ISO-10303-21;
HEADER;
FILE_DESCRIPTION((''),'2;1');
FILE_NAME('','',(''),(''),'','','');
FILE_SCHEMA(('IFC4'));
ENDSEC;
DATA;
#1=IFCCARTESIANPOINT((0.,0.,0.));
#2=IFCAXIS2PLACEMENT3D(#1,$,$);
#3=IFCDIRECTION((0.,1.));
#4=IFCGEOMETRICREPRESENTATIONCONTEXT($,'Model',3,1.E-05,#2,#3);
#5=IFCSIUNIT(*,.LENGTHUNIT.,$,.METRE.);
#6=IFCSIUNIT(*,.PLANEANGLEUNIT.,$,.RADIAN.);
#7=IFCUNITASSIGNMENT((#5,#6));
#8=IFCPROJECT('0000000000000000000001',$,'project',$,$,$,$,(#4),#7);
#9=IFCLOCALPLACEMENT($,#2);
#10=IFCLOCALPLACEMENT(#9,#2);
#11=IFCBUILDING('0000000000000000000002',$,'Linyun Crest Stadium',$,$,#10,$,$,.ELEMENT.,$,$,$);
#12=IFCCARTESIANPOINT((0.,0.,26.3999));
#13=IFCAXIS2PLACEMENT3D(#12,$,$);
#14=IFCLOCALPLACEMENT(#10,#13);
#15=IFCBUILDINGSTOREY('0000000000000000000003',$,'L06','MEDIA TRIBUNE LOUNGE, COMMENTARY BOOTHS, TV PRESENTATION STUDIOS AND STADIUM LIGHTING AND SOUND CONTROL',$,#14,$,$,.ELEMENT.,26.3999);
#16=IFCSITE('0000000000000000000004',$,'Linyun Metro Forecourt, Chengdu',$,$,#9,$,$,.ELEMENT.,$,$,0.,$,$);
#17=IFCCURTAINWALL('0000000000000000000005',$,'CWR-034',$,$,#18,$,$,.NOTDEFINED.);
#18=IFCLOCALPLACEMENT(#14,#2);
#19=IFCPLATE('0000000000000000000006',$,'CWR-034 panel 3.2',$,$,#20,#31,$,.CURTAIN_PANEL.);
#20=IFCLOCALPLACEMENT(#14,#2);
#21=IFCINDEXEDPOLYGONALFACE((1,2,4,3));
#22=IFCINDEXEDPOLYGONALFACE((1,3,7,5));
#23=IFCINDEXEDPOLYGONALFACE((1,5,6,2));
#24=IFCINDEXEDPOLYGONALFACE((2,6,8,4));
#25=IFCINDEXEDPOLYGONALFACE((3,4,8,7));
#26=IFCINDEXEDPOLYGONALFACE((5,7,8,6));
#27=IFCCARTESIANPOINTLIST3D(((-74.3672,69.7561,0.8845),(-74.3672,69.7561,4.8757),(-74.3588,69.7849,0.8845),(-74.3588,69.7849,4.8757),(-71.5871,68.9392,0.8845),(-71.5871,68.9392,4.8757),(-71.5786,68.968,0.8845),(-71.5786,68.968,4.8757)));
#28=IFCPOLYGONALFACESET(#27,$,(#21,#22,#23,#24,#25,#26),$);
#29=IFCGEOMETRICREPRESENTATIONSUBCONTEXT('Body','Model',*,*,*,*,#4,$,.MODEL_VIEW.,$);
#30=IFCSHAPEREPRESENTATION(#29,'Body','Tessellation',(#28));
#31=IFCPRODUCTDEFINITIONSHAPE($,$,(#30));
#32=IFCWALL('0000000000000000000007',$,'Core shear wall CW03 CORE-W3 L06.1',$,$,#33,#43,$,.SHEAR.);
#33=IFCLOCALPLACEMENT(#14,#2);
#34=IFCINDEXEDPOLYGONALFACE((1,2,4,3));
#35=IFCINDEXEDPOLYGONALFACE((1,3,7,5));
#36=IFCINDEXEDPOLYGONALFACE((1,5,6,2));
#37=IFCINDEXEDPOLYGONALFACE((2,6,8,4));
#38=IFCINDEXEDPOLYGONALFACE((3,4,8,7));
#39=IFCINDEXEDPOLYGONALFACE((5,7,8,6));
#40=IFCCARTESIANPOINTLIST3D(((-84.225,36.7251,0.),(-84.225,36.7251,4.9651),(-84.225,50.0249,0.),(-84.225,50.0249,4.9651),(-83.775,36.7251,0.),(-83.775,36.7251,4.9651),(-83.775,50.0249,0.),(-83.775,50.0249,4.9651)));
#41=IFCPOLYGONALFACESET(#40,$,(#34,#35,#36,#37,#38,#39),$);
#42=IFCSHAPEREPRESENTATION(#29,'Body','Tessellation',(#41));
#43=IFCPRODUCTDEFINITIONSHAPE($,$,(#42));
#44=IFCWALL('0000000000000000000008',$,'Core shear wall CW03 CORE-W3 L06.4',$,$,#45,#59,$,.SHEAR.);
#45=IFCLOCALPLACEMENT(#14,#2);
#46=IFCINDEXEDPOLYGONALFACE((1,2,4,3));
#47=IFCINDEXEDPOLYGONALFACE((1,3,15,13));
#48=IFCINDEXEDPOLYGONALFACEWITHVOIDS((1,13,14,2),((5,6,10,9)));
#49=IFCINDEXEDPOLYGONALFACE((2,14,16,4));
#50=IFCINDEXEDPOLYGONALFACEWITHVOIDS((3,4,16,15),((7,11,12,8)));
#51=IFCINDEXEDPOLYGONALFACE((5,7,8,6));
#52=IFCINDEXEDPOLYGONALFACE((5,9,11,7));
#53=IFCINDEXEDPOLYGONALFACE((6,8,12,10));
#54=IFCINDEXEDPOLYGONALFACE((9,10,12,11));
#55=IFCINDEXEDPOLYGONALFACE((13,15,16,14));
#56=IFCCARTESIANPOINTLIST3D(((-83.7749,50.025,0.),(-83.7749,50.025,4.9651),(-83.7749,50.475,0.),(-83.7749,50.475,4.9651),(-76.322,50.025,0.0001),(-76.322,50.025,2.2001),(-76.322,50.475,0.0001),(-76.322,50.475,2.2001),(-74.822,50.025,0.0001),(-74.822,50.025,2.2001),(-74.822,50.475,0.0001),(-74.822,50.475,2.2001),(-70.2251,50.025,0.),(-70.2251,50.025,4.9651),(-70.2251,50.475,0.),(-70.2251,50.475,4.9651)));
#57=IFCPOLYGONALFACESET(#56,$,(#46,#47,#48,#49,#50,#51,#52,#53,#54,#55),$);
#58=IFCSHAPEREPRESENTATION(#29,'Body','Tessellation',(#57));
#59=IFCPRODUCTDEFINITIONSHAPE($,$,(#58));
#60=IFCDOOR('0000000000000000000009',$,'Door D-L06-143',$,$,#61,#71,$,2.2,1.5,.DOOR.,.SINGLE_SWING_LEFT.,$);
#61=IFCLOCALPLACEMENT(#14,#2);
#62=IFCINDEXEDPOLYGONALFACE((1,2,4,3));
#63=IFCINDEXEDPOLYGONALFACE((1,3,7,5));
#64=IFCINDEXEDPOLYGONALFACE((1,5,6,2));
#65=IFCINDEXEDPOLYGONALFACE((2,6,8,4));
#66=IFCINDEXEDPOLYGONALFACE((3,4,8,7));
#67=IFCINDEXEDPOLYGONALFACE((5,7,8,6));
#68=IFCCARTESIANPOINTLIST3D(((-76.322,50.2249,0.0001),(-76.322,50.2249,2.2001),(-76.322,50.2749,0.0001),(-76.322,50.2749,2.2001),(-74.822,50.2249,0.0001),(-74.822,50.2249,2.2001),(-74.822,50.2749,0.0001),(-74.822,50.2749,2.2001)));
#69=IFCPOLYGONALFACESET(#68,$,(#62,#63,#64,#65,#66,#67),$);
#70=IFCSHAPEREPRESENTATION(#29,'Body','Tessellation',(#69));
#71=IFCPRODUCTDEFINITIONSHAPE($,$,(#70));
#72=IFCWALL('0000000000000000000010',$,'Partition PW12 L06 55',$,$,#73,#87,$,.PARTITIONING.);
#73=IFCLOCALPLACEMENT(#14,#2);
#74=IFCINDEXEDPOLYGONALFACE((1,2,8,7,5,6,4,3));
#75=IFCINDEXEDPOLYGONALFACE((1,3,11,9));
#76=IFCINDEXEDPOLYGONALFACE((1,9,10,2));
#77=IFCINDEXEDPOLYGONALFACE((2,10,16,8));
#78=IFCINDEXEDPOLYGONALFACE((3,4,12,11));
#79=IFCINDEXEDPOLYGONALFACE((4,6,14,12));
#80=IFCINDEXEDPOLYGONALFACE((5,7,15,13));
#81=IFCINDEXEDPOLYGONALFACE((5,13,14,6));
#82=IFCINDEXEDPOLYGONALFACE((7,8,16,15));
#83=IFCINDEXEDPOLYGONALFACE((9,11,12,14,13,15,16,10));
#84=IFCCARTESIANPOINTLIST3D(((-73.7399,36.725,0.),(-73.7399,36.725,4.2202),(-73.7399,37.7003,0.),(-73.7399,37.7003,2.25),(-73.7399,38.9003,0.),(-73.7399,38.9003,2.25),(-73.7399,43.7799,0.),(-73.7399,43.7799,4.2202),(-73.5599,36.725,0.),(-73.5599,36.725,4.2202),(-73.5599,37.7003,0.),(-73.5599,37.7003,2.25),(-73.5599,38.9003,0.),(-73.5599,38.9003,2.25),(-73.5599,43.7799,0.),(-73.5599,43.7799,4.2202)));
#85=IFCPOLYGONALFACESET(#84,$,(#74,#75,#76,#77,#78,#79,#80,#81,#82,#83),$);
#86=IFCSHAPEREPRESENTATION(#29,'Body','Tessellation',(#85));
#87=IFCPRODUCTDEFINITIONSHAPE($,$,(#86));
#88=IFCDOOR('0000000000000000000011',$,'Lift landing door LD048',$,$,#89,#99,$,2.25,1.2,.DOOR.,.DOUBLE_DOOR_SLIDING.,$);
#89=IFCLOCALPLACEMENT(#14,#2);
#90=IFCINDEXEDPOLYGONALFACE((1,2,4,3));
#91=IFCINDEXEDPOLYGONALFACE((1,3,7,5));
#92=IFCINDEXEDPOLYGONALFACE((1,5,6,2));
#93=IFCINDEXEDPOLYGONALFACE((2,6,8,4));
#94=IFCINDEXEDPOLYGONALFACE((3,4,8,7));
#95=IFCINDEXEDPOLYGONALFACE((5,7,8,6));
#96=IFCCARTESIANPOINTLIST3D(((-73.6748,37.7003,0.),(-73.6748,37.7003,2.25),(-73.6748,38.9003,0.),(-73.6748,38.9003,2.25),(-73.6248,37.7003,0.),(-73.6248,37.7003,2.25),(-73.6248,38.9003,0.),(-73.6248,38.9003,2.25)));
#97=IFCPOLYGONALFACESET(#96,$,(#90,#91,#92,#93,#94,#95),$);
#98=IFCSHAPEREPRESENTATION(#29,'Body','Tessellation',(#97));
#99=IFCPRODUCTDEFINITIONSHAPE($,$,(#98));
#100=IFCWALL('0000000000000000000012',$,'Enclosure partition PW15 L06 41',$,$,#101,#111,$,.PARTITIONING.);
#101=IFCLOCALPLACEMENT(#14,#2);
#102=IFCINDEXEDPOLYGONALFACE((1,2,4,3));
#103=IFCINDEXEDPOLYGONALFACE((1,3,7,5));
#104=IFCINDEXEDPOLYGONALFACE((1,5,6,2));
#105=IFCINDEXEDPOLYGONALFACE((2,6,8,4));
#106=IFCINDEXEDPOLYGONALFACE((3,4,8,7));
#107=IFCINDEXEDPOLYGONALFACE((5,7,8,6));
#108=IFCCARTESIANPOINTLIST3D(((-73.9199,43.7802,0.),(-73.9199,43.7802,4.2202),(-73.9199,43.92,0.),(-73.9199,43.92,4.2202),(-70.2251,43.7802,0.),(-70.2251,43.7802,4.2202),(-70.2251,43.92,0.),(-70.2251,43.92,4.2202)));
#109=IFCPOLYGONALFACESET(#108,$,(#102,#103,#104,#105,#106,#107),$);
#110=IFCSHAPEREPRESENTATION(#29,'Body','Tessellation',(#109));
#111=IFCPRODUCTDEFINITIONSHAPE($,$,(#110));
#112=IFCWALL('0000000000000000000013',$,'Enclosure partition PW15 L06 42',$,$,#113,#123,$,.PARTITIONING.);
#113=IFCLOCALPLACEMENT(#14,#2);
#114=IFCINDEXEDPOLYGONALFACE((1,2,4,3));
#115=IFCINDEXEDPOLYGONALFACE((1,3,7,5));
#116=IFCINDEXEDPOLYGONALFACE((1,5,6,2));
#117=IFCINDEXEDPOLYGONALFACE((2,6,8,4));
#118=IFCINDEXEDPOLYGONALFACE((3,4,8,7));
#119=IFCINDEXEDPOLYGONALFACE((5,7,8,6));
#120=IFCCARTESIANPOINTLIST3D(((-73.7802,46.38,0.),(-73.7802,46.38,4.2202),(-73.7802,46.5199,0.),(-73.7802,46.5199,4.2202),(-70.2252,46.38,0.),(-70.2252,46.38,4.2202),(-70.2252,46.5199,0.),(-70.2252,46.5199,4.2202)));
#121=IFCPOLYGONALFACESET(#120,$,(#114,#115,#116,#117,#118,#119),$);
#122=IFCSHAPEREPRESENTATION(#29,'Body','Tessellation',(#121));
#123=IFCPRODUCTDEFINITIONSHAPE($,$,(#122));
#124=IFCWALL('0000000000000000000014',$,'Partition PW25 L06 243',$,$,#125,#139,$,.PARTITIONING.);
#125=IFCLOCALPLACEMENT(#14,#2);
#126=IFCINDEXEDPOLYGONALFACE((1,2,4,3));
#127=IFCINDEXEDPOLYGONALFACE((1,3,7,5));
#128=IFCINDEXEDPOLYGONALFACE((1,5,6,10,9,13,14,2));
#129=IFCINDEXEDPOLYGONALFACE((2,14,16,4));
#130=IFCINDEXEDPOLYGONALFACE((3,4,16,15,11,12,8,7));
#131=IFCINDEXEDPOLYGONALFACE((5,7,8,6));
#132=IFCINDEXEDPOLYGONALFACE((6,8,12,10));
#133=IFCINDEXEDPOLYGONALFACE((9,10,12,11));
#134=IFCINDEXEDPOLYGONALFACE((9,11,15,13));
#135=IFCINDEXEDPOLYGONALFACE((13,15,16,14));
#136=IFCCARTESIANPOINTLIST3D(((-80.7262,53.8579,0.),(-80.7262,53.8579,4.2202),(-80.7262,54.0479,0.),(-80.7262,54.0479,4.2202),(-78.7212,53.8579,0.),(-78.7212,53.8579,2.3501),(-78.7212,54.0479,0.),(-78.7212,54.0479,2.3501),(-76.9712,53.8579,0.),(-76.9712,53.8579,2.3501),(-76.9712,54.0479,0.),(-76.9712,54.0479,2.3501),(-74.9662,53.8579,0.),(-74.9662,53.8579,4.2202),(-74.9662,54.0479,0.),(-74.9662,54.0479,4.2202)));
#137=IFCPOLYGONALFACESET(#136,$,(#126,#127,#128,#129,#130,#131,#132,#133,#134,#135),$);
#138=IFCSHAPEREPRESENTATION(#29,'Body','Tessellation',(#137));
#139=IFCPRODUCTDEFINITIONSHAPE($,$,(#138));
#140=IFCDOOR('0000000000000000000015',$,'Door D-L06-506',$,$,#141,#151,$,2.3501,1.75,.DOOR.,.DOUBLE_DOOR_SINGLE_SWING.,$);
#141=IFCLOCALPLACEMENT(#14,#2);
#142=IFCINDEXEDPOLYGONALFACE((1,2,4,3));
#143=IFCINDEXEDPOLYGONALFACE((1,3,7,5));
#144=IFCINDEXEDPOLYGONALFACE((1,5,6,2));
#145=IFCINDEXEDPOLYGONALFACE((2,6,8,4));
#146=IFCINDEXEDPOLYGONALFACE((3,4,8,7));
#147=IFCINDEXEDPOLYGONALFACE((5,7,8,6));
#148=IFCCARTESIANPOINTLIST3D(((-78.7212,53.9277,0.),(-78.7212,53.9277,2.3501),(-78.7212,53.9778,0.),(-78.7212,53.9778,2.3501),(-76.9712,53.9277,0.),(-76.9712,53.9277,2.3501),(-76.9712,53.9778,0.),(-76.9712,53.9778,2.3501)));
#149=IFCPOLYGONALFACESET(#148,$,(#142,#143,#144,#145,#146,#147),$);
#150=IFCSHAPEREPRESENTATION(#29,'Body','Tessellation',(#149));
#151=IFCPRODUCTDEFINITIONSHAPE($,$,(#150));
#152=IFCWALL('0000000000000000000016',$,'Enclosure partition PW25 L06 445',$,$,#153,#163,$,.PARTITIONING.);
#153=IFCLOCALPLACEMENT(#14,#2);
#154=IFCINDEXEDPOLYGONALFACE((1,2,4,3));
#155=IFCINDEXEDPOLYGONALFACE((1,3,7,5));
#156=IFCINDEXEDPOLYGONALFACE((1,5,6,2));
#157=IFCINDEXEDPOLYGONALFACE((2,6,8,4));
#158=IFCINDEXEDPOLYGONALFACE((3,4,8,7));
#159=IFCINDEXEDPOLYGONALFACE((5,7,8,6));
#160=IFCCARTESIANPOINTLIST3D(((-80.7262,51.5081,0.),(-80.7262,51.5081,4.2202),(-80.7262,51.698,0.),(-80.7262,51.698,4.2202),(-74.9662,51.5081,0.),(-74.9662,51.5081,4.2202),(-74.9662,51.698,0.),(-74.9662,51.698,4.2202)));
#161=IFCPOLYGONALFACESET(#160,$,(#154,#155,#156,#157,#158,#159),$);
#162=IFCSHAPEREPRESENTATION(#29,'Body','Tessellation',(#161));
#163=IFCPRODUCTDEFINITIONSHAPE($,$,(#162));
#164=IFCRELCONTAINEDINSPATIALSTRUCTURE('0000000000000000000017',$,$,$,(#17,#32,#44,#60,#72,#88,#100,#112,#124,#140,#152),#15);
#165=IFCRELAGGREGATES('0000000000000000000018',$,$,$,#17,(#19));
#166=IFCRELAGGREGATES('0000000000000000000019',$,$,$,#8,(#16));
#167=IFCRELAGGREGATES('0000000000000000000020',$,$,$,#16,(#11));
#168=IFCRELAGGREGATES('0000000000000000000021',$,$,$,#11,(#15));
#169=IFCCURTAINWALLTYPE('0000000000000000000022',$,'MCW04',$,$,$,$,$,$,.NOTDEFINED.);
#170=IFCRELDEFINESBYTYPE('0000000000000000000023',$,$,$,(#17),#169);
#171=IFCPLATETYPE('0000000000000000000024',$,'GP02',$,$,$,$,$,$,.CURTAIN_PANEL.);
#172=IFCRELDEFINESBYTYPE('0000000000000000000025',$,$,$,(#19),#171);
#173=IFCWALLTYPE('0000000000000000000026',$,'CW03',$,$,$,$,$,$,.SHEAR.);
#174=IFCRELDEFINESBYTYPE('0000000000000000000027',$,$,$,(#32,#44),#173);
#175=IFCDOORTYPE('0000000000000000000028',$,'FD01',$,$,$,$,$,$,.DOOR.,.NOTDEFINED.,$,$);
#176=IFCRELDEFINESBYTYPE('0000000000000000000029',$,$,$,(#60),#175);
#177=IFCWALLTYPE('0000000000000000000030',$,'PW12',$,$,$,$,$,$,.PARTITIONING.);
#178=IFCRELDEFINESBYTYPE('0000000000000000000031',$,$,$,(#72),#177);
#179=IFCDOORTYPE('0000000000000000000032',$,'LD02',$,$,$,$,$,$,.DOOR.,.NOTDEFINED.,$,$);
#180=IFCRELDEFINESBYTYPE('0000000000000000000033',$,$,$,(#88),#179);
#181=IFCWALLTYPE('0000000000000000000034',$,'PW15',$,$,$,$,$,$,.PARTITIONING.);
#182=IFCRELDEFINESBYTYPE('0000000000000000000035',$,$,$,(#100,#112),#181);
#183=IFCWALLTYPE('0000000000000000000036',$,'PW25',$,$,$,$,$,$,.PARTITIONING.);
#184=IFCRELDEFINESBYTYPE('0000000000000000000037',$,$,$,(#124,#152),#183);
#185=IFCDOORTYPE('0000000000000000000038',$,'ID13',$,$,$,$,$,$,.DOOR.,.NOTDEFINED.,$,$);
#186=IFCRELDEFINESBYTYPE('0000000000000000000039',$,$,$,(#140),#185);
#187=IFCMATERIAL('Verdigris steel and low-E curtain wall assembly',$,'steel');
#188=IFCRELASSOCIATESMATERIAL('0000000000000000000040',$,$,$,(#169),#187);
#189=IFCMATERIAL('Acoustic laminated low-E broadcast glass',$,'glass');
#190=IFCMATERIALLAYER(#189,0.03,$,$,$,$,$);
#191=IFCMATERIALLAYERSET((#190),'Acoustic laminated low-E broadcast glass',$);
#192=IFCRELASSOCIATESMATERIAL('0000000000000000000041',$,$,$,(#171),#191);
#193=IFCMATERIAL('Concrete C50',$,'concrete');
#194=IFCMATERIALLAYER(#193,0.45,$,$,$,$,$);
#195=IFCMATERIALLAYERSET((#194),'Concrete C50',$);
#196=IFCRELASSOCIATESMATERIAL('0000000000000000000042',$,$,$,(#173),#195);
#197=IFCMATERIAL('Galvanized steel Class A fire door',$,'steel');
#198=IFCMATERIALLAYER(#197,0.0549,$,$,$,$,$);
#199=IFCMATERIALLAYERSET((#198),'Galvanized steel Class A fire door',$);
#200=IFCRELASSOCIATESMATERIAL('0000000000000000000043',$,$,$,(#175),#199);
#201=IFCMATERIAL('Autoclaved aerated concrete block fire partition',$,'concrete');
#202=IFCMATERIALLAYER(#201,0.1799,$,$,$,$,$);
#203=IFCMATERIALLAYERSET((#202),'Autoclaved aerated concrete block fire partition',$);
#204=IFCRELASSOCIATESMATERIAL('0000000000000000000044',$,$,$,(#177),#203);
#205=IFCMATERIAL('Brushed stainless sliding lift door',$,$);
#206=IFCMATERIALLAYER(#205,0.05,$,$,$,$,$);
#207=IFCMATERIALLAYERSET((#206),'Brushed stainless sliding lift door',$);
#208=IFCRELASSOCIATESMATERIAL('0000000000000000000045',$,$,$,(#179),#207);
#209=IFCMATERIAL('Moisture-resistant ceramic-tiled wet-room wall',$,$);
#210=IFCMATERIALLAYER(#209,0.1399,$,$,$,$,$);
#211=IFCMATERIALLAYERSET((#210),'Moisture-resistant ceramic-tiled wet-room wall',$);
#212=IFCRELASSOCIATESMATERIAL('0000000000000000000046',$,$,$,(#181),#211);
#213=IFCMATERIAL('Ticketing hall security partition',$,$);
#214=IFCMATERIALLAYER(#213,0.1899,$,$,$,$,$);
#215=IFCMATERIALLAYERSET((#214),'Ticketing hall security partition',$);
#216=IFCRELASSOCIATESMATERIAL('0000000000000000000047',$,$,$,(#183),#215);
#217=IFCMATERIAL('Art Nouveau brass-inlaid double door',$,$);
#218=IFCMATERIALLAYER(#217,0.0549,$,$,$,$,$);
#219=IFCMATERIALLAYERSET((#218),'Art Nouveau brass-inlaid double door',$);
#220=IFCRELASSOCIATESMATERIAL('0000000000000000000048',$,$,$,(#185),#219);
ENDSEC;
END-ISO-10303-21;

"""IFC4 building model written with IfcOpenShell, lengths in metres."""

from ifc_helpers import new_model, si_unit, direction, frame, frame_2d, origin, origin_2d, place, context, subcontext, project, spatial, rectangle, extrude, material, layer, layer_set, type_object, element, fill, aggregate, save


model = new_model("IFC4")

# Units and contexts
model_context = context("Model", 3, precision=1e-05, world=origin(), true_north=direction((0.0, 1.0)))
body_context = subcontext(model_context, "Body", "Model", "MODEL_VIEW")
ifc_project = project(units=[si_unit("LENGTHUNIT", "METRE"), si_unit("PLANEANGLEUNIT", "RADIAN")], contexts=[model_context])

# Site, building, storey
site_placement = place(None, origin())
site = spatial("IfcSite", under=ifc_project, at=site_placement, Name="Linyun Metro Forecourt, Chengdu", CompositionType="ELEMENT", RefElevation=0.0)
building_placement = place(site_placement, origin())
building = spatial("IfcBuilding", under=site, at=building_placement, Name="Linyun Crest Stadium", CompositionType="ELEMENT")
storey_placement = place(building_placement, frame((0.0, 0.0, 26.3999)))
storey = spatial("IfcBuildingStorey", under=building, at=storey_placement, Name="L06", Description="MEDIA TRIBUNE LOUNGE, COMMENTARY BOOTHS, TV PRESENTATION STUDIOS AND STADIUM LIGHTING AND SOUND CONTROL", CompositionType="ELEMENT", Elevation=26.3999)

# Curtain wall
ifc_material_1 = material(Name="Verdigris steel and low-E curtain wall assembly", Category="steel")
curtain_wall_type = type_object("IfcCurtainWallType", Name="MCW04", PredefinedType="NOTDEFINED", material=ifc_material_1)
curtain_wall_1_placement = place(storey_placement, origin())
curtain_wall_1 = element("IfcCurtainWall", 1, at=curtain_wall_1_placement, inside=storey, type_object=curtain_wall_type, Name="CWR-034", PredefinedType="NOTDEFINED")

# Plate
ifc_material_2 = material(Name="Acoustic laminated low-E broadcast glass", Category="glass")
ifc_layer_1 = layer(ifc_material_2, 0.03)
ifc_layer_set_1 = layer_set([ifc_layer_1], Name="Acoustic laminated low-E broadcast glass")
plate_type_1 = type_object("IfcPlateType", Name="GP02", PredefinedType="CURTAIN_PANEL", material=ifc_layer_set_1)
plate_1_placement = place(storey_placement, frame((-72.9729, 69.3621, 0.8845), z_axis=(0.0, 0.0, 1.0), x_axis=(0.959437, -0.281923, 0.0)))
plate_1 = element("IfcPlate", 2, at=plate_1_placement, type_object=plate_type_1, Name="CWR-034 panel 3.2", PredefinedType="CURTAIN_PANEL", context=body_context, shape_type="SweptSolid", body=[
    extrude(rectangle(XDim=2.8977, YDim=0.03, at=origin_2d()), origin(), (0.0, 0.0, 1.0), 3.9912),
])
aggregate(curtain_wall_1, [plate_1])

# Wall
ifc_material_3 = material(Name="Concrete C50", Category="concrete")
ifc_layer_2 = layer(ifc_material_3, 0.45)
ifc_layer_set_2 = layer_set([ifc_layer_2], Name="Concrete C50")
wall_type_1 = type_object("IfcWallType", Name="CW03", PredefinedType="SHEAR", material=ifc_layer_set_2)
wall_1_placement = place(storey_placement, frame((-84.0, 36.7251, 0.0), z_axis=(0.0, 0.0, 1.0), x_axis=(0.0, 1.0, 0.0)))
element("IfcWall", 3, at=wall_1_placement, inside=storey, type_object=wall_type_1, Name="Core shear wall CW03 CORE-W3 L06.1", PredefinedType="SHEAR", context=body_context, shape_type="SweptSolid", body=[
    extrude(rectangle(XDim=13.2998, YDim=0.45, at=frame_2d((6.6499, 0.0))), origin(), (0.0, 0.0, 1.0), 4.9651),
])

# Walls, openings, doors
wall_2_placement = place(storey_placement, frame((-83.7749, 50.25, 0.0), z_axis=(0.0, 0.0, 1.0), x_axis=(1.0, 0.0, 0.0)))
wall_2 = element("IfcWall", 4, at=wall_2_placement, inside=storey, type_object=wall_type_1, Name="Core shear wall CW03 CORE-W3 L06.4", PredefinedType="SHEAR", context=body_context, shape_type="SweptSolid", body=[
    extrude(rectangle(XDim=13.5498, YDim=0.45, at=frame_2d((6.7749, 0.0))), origin(), (0.0, 0.0, 1.0), 4.9651),
])
opening_1_placement = place(wall_2_placement, frame((7.4529, 0.0, 0.0)))
opening_1 = element("IfcOpeningElement", 5, at=opening_1_placement, cuts=wall_2, PredefinedType="OPENING", context=body_context, shape_type="SweptSolid", body=[
    extrude(rectangle(XDim=1.5, YDim=2.2, at=frame_2d((0.75, 1.1001))), frame((0.0, 0.2349, 0.0), z_axis=(0.0, -1.0, 0.0), x_axis=(1.0, 0.0, 0.0)), (0.0, 0.0, 1.0), 0.47),
])
ifc_material_4 = material(Name="Galvanized steel Class A fire door", Category="steel")
ifc_layer_3 = layer(ifc_material_4, 0.0549)
ifc_layer_set_3 = layer_set([ifc_layer_3], Name="Galvanized steel Class A fire door")
door_type_1 = type_object("IfcDoorType", Name="FD01", OperationType="NOTDEFINED", PredefinedType="DOOR", material=ifc_layer_set_3)
door_1_placement = place(opening_1_placement, origin())
door_1 = element("IfcDoor", 6, at=door_1_placement, inside=storey, type_object=door_type_1, Name="Door D-L06-143", OperationType="SINGLE_SWING_LEFT", OverallHeight=2.2, OverallWidth=1.5, PredefinedType="DOOR", context=body_context, shape_type="SweptSolid", body=[
    extrude(rectangle(XDim=1.5, YDim=2.2, at=frame_2d((0.75, 1.1001))), frame((0.0, 0.0249, 0.0), z_axis=(0.0, -1.0, 0.0), x_axis=(1.0, 0.0, 0.0)), (0.0, 0.0, 1.0), 0.05),
])
fill(opening_1, door_1)
ifc_material_5 = material(Name="Autoclaved aerated concrete block fire partition", Category="concrete")
ifc_layer_4 = layer(ifc_material_5, 0.1799)
ifc_layer_set_4 = layer_set([ifc_layer_4], Name="Autoclaved aerated concrete block fire partition")
wall_type_2 = type_object("IfcWallType", Name="PW12", PredefinedType="PARTITIONING", material=ifc_layer_set_4)
wall_3_placement = place(storey_placement, frame((-73.6499, 36.7251, 0.0), z_axis=(0.0, 0.0, 1.0), x_axis=(0.0, 1.0, 0.0)))
wall_3 = element("IfcWall", 7, at=wall_3_placement, inside=storey, type_object=wall_type_2, Name="Partition PW12 L06 55", PredefinedType="PARTITIONING", context=body_context, shape_type="SweptSolid", body=[
    extrude(rectangle(XDim=7.0549, YDim=0.1799, at=frame_2d((3.5273, 0.0))), origin(), (0.0, 0.0, 1.0), 4.2202),
])
opening_2_placement = place(wall_3_placement, frame((0.9751, 0.0, 0.0)))
opening_2 = element("IfcOpeningElement", 8, at=opening_2_placement, cuts=wall_3, PredefinedType="OPENING", context=body_context, shape_type="SweptSolid", body=[
    extrude(rectangle(XDim=1.2, YDim=2.25, at=frame_2d((0.6001, 1.125))), frame((0.0, 0.0999, 0.0), z_axis=(0.0, -1.0, 0.0), x_axis=(1.0, 0.0, 0.0)), (0.0, 0.0, 1.0), 0.2),
])
ifc_material_6 = material(Name="Brushed stainless sliding lift door")
ifc_layer_5 = layer(ifc_material_6, 0.05)
ifc_layer_set_5 = layer_set([ifc_layer_5], Name="Brushed stainless sliding lift door")
door_type_2 = type_object("IfcDoorType", Name="LD02", OperationType="NOTDEFINED", PredefinedType="DOOR", material=ifc_layer_set_5)
door_2_placement = place(opening_2_placement, origin())
door_2 = element("IfcDoor", 9, at=door_2_placement, inside=storey, type_object=door_type_2, Name="Lift landing door LD048", OperationType="DOUBLE_DOOR_SLIDING", OverallHeight=2.25, OverallWidth=1.2, PredefinedType="DOOR", context=body_context, shape_type="SweptSolid", body=[
    extrude(rectangle(XDim=1.2, YDim=2.25, at=frame_2d((0.6001, 1.125))), frame((0.0, 0.0249, 0.0), z_axis=(0.0, -1.0, 0.0), x_axis=(1.0, 0.0, 0.0)), (0.0, 0.0, 1.0), 0.05),
])
fill(opening_2, door_2)

# Shared definitions
ifc_material_7 = material(Name="Moisture-resistant ceramic-tiled wet-room wall")
ifc_layer_6 = layer(ifc_material_7, 0.1399)
ifc_layer_set_6 = layer_set([ifc_layer_6], Name="Moisture-resistant ceramic-tiled wet-room wall")
wall_type_3 = type_object("IfcWallType", Name="PW15", PredefinedType="PARTITIONING", material=ifc_layer_set_6)

# Walls
wall_4_placement = place(storey_placement, frame((-73.9199, 43.8501, 0.0), z_axis=(0.0, 0.0, 1.0), x_axis=(1.0, 0.0, 0.0)))
element("IfcWall", 10, at=wall_4_placement, inside=storey, type_object=wall_type_3, Name="Enclosure partition PW15 L06 41", PredefinedType="PARTITIONING", context=body_context, shape_type="SweptSolid", body=[
    extrude(rectangle(XDim=3.6948, YDim=0.1399, at=frame_2d((1.8474, 0.0))), origin(), (0.0, 0.0, 1.0), 4.2202),
])
wall_5_placement = place(storey_placement, frame((-73.78, 46.45, 0.0), z_axis=(0.0, 0.0, 1.0), x_axis=(1.0, 0.0, 0.0)))
element("IfcWall", 11, at=wall_5_placement, inside=storey, type_object=wall_type_3, Name="Enclosure partition PW15 L06 42", PredefinedType="PARTITIONING", context=body_context, shape_type="SweptSolid", body=[
    extrude(rectangle(XDim=3.5549, YDim=0.1399, at=frame_2d((1.7773, 0.0))), origin(), (0.0, 0.0, 1.0), 4.2202),
])

# Wall, opening, door
ifc_material_8 = material(Name="Ticketing hall security partition")
ifc_layer_7 = layer(ifc_material_8, 0.1899)
ifc_layer_set_7 = layer_set([ifc_layer_7], Name="Ticketing hall security partition")
wall_type_4 = type_object("IfcWallType", Name="PW25", PredefinedType="PARTITIONING", material=ifc_layer_set_7)
wall_6_placement = place(storey_placement, frame((-80.7261, 53.9529, 0.0), z_axis=(0.0, 0.0, 1.0), x_axis=(1.0, 0.0, 0.0)))
wall_6 = element("IfcWall", 12, at=wall_6_placement, inside=storey, type_object=wall_type_4, Name="Partition PW25 L06 243", PredefinedType="PARTITIONING", context=body_context, shape_type="SweptSolid", body=[
    extrude(rectangle(XDim=5.76, YDim=0.1899, at=frame_2d((2.8799, 0.0))), origin(), (0.0, 0.0, 1.0), 4.2202),
])
opening_3_placement = place(wall_6_placement, frame((2.0049, 0.0, 0.0)))
opening_3 = element("IfcOpeningElement", 13, at=opening_3_placement, cuts=wall_6, PredefinedType="OPENING", context=body_context, shape_type="SweptSolid", body=[
    extrude(rectangle(XDim=1.75, YDim=2.3501, at=frame_2d((0.875, 1.175))), frame((0.0, 0.105, 0.0), z_axis=(0.0, -1.0, 0.0), x_axis=(1.0, 0.0, 0.0)), (0.0, 0.0, 1.0), 0.21),
])
ifc_material_9 = material(Name="Art Nouveau brass-inlaid double door")
ifc_layer_8 = layer(ifc_material_9, 0.0549)
ifc_layer_set_8 = layer_set([ifc_layer_8], Name="Art Nouveau brass-inlaid double door")
door_type_3 = type_object("IfcDoorType", Name="ID13", OperationType="NOTDEFINED", PredefinedType="DOOR", material=ifc_layer_set_8)
door_3_placement = place(opening_3_placement, origin())
door_3 = element("IfcDoor", 14, at=door_3_placement, inside=storey, type_object=door_type_3, Name="Door D-L06-506", OperationType="DOUBLE_DOOR_SINGLE_SWING", OverallHeight=2.3501, OverallWidth=1.75, PredefinedType="DOOR", context=body_context, shape_type="SweptSolid", body=[
    extrude(rectangle(XDim=1.75, YDim=2.3501, at=frame_2d((0.875, 1.175))), frame((0.0, 0.0249, 0.0), z_axis=(0.0, -1.0, 0.0), x_axis=(1.0, 0.0, 0.0)), (0.0, 0.0, 1.0), 0.05),
])
fill(opening_3, door_3)

# Wall
wall_7_placement = place(storey_placement, frame((-80.7261, 51.603, 0.0), z_axis=(0.0, 0.0, 1.0), x_axis=(1.0, 0.0, 0.0)))
element("IfcWall", 15, at=wall_7_placement, inside=storey, type_object=wall_type_4, Name="Enclosure partition PW25 L06 445", PredefinedType="PARTITIONING", context=body_context, shape_type="SweptSolid", body=[
    extrude(rectangle(XDim=5.76, YDim=0.1899, at=frame_2d((2.8799, 0.0))), origin(), (0.0, 0.0, 1.0), 4.2202),
])

save(model, "model.ifc")
